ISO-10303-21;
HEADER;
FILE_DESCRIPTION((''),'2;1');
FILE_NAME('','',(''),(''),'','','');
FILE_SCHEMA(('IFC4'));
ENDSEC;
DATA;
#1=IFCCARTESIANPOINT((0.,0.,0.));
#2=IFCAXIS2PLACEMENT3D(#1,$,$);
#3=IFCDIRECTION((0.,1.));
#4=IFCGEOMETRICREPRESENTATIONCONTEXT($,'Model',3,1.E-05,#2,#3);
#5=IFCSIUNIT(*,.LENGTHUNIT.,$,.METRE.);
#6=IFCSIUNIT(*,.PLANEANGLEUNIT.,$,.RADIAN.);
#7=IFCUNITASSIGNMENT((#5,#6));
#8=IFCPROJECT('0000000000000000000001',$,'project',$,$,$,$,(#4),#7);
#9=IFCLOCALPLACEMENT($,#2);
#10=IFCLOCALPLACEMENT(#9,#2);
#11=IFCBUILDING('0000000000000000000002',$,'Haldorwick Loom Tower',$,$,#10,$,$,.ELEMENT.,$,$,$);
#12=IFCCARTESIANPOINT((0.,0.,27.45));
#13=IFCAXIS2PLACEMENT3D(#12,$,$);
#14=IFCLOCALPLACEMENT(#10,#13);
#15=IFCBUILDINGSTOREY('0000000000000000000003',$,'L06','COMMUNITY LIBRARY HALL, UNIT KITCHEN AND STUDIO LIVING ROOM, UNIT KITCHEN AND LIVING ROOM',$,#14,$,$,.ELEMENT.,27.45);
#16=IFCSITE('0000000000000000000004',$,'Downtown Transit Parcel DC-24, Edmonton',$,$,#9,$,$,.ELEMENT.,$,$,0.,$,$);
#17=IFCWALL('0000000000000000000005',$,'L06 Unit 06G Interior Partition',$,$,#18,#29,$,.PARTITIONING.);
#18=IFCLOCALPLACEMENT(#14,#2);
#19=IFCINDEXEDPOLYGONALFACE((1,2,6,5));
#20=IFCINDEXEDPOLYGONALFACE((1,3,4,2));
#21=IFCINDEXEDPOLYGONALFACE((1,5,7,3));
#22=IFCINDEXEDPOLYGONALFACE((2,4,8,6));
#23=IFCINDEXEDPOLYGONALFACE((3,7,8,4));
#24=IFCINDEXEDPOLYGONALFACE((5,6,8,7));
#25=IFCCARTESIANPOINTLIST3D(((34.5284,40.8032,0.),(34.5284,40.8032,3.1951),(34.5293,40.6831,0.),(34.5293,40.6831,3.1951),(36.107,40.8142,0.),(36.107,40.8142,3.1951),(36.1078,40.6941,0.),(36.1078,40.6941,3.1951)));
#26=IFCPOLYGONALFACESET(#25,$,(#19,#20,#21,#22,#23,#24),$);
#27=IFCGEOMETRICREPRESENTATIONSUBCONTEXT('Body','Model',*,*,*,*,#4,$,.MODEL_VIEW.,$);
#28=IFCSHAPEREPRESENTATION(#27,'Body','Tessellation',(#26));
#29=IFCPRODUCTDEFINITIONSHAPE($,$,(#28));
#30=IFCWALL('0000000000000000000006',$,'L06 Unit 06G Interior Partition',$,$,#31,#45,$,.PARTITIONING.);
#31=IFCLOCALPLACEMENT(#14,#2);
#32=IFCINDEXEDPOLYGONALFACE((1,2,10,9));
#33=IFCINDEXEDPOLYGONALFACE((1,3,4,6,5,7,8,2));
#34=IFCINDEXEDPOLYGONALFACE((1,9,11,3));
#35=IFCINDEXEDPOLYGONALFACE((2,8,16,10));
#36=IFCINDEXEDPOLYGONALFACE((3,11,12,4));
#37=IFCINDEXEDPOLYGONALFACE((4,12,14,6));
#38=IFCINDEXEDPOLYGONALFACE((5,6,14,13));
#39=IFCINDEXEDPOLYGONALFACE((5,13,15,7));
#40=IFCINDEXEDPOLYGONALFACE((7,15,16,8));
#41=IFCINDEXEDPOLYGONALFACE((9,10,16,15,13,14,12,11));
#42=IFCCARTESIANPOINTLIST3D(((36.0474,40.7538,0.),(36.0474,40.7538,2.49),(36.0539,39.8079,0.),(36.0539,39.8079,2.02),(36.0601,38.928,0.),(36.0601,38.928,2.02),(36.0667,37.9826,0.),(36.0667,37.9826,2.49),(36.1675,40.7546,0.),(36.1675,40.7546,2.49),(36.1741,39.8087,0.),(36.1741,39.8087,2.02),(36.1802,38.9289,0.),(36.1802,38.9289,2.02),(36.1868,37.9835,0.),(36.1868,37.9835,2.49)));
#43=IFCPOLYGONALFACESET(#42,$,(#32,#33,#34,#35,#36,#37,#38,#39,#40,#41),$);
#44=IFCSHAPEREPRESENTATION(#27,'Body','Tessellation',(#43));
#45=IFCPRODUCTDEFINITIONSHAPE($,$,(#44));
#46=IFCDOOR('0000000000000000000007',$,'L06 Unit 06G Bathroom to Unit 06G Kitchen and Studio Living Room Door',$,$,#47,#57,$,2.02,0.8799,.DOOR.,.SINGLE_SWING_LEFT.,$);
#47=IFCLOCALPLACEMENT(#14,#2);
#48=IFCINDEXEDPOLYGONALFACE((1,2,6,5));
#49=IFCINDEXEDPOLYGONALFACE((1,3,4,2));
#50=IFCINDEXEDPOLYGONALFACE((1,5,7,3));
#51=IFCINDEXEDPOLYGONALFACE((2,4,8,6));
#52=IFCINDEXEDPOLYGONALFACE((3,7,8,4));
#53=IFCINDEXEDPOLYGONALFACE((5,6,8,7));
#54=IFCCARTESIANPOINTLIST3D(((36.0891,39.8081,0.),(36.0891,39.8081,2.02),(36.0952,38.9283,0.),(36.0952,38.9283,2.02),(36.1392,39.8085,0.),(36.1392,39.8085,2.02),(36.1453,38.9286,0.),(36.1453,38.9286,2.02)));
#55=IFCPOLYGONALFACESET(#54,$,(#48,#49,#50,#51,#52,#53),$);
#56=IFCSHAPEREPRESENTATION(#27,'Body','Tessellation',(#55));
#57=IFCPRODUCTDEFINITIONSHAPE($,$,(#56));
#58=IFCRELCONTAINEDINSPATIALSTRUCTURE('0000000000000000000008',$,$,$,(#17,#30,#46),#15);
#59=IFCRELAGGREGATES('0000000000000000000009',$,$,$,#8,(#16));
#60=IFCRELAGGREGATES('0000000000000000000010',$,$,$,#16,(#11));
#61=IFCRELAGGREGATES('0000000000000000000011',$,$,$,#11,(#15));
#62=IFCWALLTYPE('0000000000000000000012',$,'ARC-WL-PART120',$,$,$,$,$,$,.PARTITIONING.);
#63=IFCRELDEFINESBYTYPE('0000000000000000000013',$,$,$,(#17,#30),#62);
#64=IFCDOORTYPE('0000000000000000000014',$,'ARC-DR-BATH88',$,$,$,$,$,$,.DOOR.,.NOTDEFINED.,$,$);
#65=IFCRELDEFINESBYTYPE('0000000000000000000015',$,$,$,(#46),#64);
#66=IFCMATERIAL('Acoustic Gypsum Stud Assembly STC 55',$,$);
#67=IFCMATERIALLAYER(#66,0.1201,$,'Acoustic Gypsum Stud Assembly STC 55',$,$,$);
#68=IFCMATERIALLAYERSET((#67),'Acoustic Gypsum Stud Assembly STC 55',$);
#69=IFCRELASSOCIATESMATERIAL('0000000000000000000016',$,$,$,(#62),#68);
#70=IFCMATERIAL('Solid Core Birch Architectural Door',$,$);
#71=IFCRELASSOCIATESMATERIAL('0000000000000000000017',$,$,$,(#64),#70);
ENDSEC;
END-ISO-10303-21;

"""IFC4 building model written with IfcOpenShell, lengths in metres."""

from ifc_helpers import new_model, si_unit, direction, frame, frame_2d, origin, place, context, subcontext, project, spatial, rectangle, extrude, material, layer, layer_set, type_object, element, fill, save


model = new_model("IFC4")

# Units and contexts
model_context = context("Model", 3, precision=1e-05, world=origin(), true_north=direction((0.0, 1.0)))
body_context = subcontext(model_context, "Body", "Model", "MODEL_VIEW")
ifc_project = project(units=[si_unit("LENGTHUNIT", "METRE"), si_unit("PLANEANGLEUNIT", "RADIAN")], contexts=[model_context])

# Site, building, storey
site_placement = place(None, origin())
site = spatial("IfcSite", under=ifc_project, at=site_placement, Name="Downtown Transit Parcel DC-24, Edmonton", CompositionType="ELEMENT", RefElevation=0.0)
building_placement = place(site_placement, origin())
building = spatial("IfcBuilding", under=site, at=building_placement, Name="Haldorwick Loom Tower", CompositionType="ELEMENT")
storey_placement = place(building_placement, frame((0.0, 0.0, 27.45)))
storey = spatial("IfcBuildingStorey", under=building, at=storey_placement, Name="L06", Description="COMMUNITY LIBRARY HALL, UNIT KITCHEN AND STUDIO LIVING ROOM, UNIT KITCHEN AND LIVING ROOM", CompositionType="ELEMENT", Elevation=27.45)

# Shared definitions
ifc_material_1 = material(Name="Acoustic Gypsum Stud Assembly STC 55")
ifc_layer_1 = layer(ifc_material_1, 0.1201, Name="Acoustic Gypsum Stud Assembly STC 55")
ifc_layer_set_1 = layer_set([ifc_layer_1], Name="Acoustic Gypsum Stud Assembly STC 55")
wall_type_1 = type_object("IfcWallType", Name="ARC-WL-PART120", PredefinedType="PARTITIONING", material=ifc_layer_set_1)
ifc_material_2 = material(Name="Solid Core Birch Architectural Door")
door_type_1 = type_object("IfcDoorType", Name="ARC-DR-BATH88", OperationType="NOTDEFINED", PredefinedType="DOOR", material=ifc_material_2)

# Wall
wall_1_placement = place(storey_placement, frame((36.1074, 40.7542, 0.0), z_axis=(0.0, 0.0, 1.0), x_axis=(-0.999976, -0.006959, 0.0)))
element("IfcWall", 1, at=wall_1_placement, inside=storey, type_object=wall_type_1, Name="L06 Unit 06G Interior Partition", PredefinedType="PARTITIONING", context=body_context, shape_type="SweptSolid", body=[
    extrude(rectangle(XDim=1.5786, YDim=0.1201, at=frame_2d((0.7893, 0.0))), origin(), (0.0, 0.0, 1.0), 3.1951),
])

# Wall, opening, door
wall_2_placement = place(storey_placement, frame((36.1267, 37.9829, 0.0), z_axis=(0.0, 0.0, 1.0), x_axis=(-0.00696, 0.999976, 0.0)))
wall_2 = element("IfcWall", 2, at=wall_2_placement, inside=storey, type_object=wall_type_1, Name="L06 Unit 06G Interior Partition", PredefinedType="PARTITIONING", context=body_context, shape_type="SweptSolid", body=[
    extrude(rectangle(XDim=2.7712, YDim=0.1201, at=frame_2d((1.3857, 0.0))), origin(), (0.0, 0.0, 1.0), 2.49),
])
opening_1_placement = place(wall_2_placement, frame((0.9456, 0.0, 0.0)))
opening_1 = element("IfcOpeningElement", 3, at=opening_1_placement, cuts=wall_2, PredefinedType="OPENING", context=body_context, shape_type="SweptSolid", body=[
    extrude(rectangle(XDim=0.8799, YDim=2.02, at=frame_2d((0.4399, 1.01))), frame((0.0, 0.0701, 0.0), z_axis=(0.0, -1.0, 0.0), x_axis=(1.0, 0.0, 0.0)), (0.0, 0.0, 1.0), 0.1401),
])
door_1_placement = place(opening_1_placement, origin())
door_1 = element("IfcDoor", 4, at=door_1_placement, inside=storey, type_object=door_type_1, Name="L06 Unit 06G Bathroom to Unit 06G Kitchen and Studio Living Room Door", OperationType="SINGLE_SWING_LEFT", OverallHeight=2.02, OverallWidth=0.8799, PredefinedType="DOOR", context=body_context, shape_type="SweptSolid", body=[
    extrude(rectangle(XDim=0.8799, YDim=2.02, at=frame_2d((0.4399, 1.01))), frame((0.0, 0.0249, 0.0), z_axis=(0.0, -1.0, 0.0), x_axis=(1.0, 0.0, 0.0)), (0.0, 0.0, 1.0), 0.05),
])
fill(opening_1, door_1)

save(model, "model.ifc")
